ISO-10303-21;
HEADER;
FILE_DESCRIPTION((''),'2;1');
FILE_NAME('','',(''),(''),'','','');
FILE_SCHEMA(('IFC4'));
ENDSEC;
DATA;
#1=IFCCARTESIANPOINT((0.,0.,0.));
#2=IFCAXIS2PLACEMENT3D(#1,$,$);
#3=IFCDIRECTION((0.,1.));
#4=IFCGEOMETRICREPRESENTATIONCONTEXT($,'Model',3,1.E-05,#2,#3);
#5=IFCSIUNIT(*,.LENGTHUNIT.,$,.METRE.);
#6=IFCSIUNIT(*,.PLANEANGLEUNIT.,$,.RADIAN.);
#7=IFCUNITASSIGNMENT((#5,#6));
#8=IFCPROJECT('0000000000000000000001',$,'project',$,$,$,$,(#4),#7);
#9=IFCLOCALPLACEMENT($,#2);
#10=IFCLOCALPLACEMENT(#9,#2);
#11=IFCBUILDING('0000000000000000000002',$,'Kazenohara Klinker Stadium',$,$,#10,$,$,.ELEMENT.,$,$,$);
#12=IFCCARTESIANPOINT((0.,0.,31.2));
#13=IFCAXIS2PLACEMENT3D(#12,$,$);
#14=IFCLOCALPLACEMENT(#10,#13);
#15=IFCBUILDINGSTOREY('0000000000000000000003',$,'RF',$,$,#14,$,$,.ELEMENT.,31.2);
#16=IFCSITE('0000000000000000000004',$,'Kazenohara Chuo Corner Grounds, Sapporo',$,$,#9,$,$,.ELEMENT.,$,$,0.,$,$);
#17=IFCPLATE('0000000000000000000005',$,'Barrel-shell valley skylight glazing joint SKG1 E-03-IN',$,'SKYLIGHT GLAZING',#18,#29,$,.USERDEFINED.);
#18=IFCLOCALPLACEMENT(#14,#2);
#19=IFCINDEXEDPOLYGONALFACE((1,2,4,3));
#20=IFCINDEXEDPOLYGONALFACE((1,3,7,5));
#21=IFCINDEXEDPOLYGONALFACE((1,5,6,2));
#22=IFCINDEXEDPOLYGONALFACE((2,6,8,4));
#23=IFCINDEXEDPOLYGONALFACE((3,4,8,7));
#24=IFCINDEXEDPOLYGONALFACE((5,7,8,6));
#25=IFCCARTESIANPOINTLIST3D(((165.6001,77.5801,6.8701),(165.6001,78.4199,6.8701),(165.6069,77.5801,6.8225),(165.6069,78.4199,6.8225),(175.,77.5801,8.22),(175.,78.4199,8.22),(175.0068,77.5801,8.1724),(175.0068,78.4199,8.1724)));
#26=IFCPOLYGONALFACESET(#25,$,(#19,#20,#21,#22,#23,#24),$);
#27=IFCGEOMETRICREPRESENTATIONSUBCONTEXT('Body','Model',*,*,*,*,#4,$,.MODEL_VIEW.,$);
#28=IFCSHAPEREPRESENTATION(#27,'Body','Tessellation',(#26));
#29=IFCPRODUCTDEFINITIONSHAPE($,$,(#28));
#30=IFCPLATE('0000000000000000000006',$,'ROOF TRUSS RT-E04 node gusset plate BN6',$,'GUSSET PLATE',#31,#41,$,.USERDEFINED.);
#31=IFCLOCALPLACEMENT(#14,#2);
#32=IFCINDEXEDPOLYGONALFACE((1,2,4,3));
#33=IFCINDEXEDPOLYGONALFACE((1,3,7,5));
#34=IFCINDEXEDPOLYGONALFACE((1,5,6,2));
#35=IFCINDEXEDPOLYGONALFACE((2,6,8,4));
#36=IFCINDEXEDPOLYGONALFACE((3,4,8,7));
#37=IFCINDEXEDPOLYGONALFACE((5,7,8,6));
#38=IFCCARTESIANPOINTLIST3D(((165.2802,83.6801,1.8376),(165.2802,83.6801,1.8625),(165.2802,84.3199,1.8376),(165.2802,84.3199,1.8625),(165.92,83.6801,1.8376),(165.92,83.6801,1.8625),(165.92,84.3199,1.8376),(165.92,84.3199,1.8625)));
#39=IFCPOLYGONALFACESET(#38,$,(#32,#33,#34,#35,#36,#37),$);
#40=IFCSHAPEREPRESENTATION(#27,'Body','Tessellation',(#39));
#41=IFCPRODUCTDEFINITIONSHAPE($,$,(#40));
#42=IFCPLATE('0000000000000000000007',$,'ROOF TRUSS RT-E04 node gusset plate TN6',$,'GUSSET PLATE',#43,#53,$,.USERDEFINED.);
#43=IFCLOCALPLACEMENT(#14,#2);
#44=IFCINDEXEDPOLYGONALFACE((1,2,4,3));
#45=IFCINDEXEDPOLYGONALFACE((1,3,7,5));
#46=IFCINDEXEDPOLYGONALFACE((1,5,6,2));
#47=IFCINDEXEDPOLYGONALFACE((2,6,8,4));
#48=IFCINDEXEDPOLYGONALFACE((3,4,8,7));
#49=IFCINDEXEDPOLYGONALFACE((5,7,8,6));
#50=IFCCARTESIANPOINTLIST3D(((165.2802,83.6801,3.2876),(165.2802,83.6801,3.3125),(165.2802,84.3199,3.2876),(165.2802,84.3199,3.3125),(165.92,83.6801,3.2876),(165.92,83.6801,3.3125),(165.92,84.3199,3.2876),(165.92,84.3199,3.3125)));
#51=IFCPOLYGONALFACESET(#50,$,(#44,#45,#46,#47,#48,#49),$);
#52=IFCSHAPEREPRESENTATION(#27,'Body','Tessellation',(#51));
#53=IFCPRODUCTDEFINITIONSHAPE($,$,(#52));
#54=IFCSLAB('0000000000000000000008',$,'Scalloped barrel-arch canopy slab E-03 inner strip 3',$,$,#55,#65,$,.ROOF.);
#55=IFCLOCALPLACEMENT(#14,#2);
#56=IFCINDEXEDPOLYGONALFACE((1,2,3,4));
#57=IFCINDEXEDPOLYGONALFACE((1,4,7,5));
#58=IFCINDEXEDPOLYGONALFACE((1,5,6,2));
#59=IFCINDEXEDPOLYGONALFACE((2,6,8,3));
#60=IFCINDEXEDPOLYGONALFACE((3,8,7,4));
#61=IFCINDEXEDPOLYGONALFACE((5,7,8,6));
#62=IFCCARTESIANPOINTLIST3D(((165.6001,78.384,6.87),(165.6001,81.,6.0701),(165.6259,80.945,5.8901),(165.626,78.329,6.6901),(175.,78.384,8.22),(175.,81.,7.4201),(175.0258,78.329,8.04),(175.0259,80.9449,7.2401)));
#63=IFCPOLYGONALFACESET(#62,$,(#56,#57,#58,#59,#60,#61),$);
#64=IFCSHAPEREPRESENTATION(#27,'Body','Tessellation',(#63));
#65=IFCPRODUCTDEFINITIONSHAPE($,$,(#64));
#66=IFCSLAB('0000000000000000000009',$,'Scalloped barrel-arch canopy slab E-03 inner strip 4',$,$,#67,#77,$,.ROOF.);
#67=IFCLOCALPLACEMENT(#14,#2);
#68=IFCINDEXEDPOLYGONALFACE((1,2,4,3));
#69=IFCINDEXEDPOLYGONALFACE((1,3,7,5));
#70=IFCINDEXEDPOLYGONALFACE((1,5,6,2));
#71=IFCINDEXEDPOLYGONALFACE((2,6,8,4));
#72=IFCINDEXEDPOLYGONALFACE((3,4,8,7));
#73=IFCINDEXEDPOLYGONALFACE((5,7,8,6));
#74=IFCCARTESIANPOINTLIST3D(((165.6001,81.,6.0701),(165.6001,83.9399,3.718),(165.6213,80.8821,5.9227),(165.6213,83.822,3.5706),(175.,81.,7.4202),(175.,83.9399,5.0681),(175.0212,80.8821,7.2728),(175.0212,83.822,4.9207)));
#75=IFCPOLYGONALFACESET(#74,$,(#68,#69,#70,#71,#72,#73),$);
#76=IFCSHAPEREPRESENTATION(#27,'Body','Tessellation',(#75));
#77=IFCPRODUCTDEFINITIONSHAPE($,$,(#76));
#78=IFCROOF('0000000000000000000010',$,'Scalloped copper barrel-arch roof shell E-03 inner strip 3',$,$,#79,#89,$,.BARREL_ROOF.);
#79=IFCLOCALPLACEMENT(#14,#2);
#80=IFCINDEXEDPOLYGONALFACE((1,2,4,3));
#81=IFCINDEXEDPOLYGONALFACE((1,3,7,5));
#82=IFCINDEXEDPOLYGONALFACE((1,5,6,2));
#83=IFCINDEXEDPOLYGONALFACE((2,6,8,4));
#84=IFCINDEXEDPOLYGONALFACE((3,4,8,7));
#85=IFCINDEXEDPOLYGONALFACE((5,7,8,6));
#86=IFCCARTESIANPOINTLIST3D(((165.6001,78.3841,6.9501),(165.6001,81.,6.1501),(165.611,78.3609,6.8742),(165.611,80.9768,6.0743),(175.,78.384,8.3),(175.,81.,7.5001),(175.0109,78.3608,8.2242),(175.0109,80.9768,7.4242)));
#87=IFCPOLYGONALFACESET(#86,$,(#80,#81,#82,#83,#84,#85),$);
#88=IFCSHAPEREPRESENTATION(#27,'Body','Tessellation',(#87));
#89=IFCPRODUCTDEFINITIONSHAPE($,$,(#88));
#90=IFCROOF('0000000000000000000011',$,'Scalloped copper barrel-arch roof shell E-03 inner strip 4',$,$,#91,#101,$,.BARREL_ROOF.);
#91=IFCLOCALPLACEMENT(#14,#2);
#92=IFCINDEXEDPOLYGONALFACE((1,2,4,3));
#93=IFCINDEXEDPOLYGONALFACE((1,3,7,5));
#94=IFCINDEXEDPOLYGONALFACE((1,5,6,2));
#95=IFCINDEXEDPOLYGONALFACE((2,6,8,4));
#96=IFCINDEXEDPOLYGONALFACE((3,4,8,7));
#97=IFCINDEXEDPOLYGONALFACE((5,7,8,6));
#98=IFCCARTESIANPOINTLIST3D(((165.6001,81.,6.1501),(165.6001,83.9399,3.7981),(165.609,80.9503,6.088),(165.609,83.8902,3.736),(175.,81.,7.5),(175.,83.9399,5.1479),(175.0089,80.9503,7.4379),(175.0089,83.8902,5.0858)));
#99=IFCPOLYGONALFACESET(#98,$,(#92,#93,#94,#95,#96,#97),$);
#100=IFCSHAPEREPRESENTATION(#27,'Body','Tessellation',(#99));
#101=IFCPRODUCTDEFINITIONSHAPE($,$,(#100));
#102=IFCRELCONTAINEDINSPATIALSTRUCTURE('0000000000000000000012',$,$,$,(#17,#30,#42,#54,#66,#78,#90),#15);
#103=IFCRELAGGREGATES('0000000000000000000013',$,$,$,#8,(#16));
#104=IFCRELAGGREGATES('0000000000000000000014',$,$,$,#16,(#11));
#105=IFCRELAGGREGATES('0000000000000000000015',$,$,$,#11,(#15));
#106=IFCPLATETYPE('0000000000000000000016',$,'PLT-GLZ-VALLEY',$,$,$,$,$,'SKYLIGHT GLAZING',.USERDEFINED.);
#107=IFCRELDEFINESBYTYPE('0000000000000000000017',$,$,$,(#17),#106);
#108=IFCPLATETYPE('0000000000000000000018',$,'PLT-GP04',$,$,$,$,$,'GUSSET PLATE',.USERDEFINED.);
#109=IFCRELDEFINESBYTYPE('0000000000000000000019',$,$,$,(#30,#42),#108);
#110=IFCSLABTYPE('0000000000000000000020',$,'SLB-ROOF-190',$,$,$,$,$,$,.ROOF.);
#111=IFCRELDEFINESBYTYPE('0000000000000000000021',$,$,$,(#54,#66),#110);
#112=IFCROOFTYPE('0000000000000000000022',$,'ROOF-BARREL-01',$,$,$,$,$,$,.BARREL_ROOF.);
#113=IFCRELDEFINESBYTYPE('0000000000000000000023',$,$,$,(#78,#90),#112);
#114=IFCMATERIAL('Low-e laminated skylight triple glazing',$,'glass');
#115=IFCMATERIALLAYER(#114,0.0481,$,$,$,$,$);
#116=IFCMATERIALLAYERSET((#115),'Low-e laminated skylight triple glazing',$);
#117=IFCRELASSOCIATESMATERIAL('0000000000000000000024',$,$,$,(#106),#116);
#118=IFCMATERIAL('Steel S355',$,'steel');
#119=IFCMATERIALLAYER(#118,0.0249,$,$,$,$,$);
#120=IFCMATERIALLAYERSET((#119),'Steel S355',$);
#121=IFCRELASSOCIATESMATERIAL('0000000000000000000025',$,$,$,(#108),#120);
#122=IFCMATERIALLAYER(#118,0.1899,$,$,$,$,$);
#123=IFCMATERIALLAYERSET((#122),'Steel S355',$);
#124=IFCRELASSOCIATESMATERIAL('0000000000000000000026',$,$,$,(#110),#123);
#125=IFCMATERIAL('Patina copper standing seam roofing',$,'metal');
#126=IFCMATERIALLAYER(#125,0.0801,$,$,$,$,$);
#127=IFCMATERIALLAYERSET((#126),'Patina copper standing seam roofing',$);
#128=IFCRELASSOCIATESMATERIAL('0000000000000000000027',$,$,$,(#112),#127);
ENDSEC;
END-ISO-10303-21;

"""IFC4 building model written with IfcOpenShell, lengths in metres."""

from ifc_helpers import new_model, si_unit, direction, frame, origin, origin_2d, place, context, subcontext, project, spatial, polyline, rectangle, outline, extrude, material, layer, layer_set, type_object, element, save


model = new_model("IFC4")

# Units and contexts
model_context = context("Model", 3, precision=1e-05, world=origin(), true_north=direction((0.0, 1.0)))
body_context = subcontext(model_context, "Body", "Model", "MODEL_VIEW")
ifc_project = project(units=[si_unit("LENGTHUNIT", "METRE"), si_unit("PLANEANGLEUNIT", "RADIAN")], contexts=[model_context])

# Site, building, storey
site_placement = place(None, origin())
site = spatial("IfcSite", under=ifc_project, at=site_placement, Name="Kazenohara Chuo Corner Grounds, Sapporo", CompositionType="ELEMENT", RefElevation=0.0)
building_placement = place(site_placement, origin())
building = spatial("IfcBuilding", under=site, at=building_placement, Name="Kazenohara Klinker Stadium", CompositionType="ELEMENT")
storey_placement = place(building_placement, frame((0.0, 0.0, 31.2)))
storey = spatial("IfcBuildingStorey", under=building, at=storey_placement, Name="RF", CompositionType="ELEMENT", Elevation=31.2)

# Shared definitions
ifc_material_1 = material(Name="Steel S355", Category="steel")

# Plates
ifc_material_2 = material(Name="Low-e laminated skylight triple glazing", Category="glass")
ifc_layer_1 = layer(ifc_material_2, 0.0481)
ifc_layer_set_1 = layer_set([ifc_layer_1], Name="Low-e laminated skylight triple glazing")
plate_type_1 = type_object("IfcPlateType", Name="PLT-GLZ-VALLEY", ElementType="SKYLIGHT GLAZING", PredefinedType="USERDEFINED", material=ifc_layer_set_1)
plate_placement = place(storey_placement, frame((175.0, 77.5801, 8.22), z_axis=(-0.142145, 0.0, 0.989846), x_axis=(-0.989846, 0.0, -0.142145)))
element("IfcPlate", 1, at=plate_placement, inside=storey, type_object=plate_type_1, Name="Barrel-shell valley skylight glazing joint SKG1 E-03-IN", ObjectType="SKYLIGHT GLAZING", PredefinedType="USERDEFINED", context=body_context, shape_type="SweptSolid", body=[
    extrude(outline(polyline([(0.0, 0.0), (9.4963, 0.0), (9.4963, -0.8398), (0.0, -0.8398), (0.0, 0.0)])), origin(), (0.0, 0.0, -1.0), 0.0481),
])
ifc_layer_2 = layer(ifc_material_1, 0.0249)
ifc_layer_set_2 = layer_set([ifc_layer_2], Name="Steel S355")
plate_type_2 = type_object("IfcPlateType", Name="PLT-GP04", ElementType="GUSSET PLATE", PredefinedType="USERDEFINED", material=ifc_layer_set_2)
for number, where, z_axis, x_axis, name in (
    (2, (165.6001, 84.0, 1.8376), (0.0, 0.0, 1.0), (1.0, 0.0, 0.0), "ROOF TRUSS RT-E04 node gusset plate BN6"),
    (3, (165.6001, 84.0, 3.2876), (0.0, 0.0, 1.0), (1.0, 0.0, 0.0), "ROOF TRUSS RT-E04 node gusset plate TN6"),
):
    element("IfcPlate", number, at=place(storey_placement, frame(where, z_axis=z_axis, x_axis=x_axis)), inside=storey, type_object=plate_type_2, Name=name, ObjectType="GUSSET PLATE", PredefinedType="USERDEFINED", context=body_context, shape_type="SweptSolid", body=[
        extrude(rectangle(XDim=0.6399, YDim=0.6399, at=origin_2d()), origin(), (0.0, 0.0, 1.0), 0.0249),
    ])

# Slabs
ifc_layer_3 = layer(ifc_material_1, 0.1899)
ifc_layer_set_3 = layer_set([ifc_layer_3], Name="Steel S355")
slab_type = type_object("IfcSlabType", Name="SLB-ROOF-190", PredefinedType="ROOF", material=ifc_layer_set_3)
slab_1_placement = place(storey_placement, frame((175.0, 78.384, 8.22), z_axis=(-0.136061, 0.289701, 0.947397), x_axis=(-0.989844, -0.000004, -0.142156)))
element("IfcSlab", 4, at=slab_1_placement, inside=storey, type_object=slab_type, Name="Scalloped barrel-arch canopy slab E-03 inner strip 3", PredefinedType="ROOF", context=body_context, shape_type="SweptSolid", body=[
    extrude(outline(polyline([(0.0, 0.0), (9.4963, 0.0), (9.6101, -2.7332), (0.1137, -2.7331), (0.0, 0.0)])), origin(), (0.0, 0.0, -1.0), 0.1899),
])
slab_2_placement = place(storey_placement, frame((175.0, 81.0, 7.4202), z_axis=(-0.111455, 0.620819, 0.775991), x_axis=(-0.989842, 0.0, -0.14217)))
element("IfcSlab", 5, at=slab_2_placement, inside=storey, type_object=slab_type, Name="Scalloped barrel-arch canopy slab E-03 inner strip 4", PredefinedType="ROOF", context=body_context, shape_type="SweptSolid", body=[
    extrude(outline(polyline([(0.0, 0.0), (9.4964, 0.0), (9.8308, -3.7501), (0.3344, -3.7501), (0.0, 0.0)])), origin(), (0.0, 0.0, -1.0), 0.1899),
])

# Roofs
ifc_material_3 = material(Name="Patina copper standing seam roofing", Category="metal")
ifc_layer_4 = layer(ifc_material_3, 0.0801)
ifc_layer_set_4 = layer_set([ifc_layer_4], Name="Patina copper standing seam roofing")
roof_type = type_object("IfcRoofType", Name="ROOF-BARREL-01", PredefinedType="BARREL_ROOF", material=ifc_layer_set_4)
roof_1_placement = place(storey_placement, frame((175.0, 78.384, 8.3), z_axis=(-0.136061, 0.289701, 0.947397), x_axis=(-0.989844, 0.000004, -0.142158)))
element("IfcRoof", 6, at=roof_1_placement, inside=storey, type_object=roof_type, Name="Scalloped copper barrel-arch roof shell E-03 inner strip 3", PredefinedType="BARREL_ROOF", context=body_context, shape_type="SweptSolid", body=[
    extrude(outline(polyline([(0.0, 0.0), (9.4964, 0.0), (9.6101, -2.7331), (0.1137, -2.7332), (0.0, 0.0)])), origin(), (0.0, 0.0, -1.0), 0.0801),
])
roof_2_placement = place(storey_placement, frame((175.0, 81.0, 7.5), z_axis=(-0.111435, 0.62082, 0.775993), x_axis=(-0.989846, 0.0, -0.142145)))
element("IfcRoof", 7, at=roof_2_placement, inside=storey, type_object=roof_type, Name="Scalloped copper barrel-arch roof shell E-03 inner strip 4", PredefinedType="BARREL_ROOF", context=body_context, shape_type="SweptSolid", body=[
    extrude(outline(polyline([(0.0, 0.0), (9.4963, 0.0), (9.8307, -3.7501), (0.3343, -3.7501), (0.0, 0.0)])), origin(), (0.0, 0.0, -1.0), 0.0801),
])

save(model, "model.ifc")
